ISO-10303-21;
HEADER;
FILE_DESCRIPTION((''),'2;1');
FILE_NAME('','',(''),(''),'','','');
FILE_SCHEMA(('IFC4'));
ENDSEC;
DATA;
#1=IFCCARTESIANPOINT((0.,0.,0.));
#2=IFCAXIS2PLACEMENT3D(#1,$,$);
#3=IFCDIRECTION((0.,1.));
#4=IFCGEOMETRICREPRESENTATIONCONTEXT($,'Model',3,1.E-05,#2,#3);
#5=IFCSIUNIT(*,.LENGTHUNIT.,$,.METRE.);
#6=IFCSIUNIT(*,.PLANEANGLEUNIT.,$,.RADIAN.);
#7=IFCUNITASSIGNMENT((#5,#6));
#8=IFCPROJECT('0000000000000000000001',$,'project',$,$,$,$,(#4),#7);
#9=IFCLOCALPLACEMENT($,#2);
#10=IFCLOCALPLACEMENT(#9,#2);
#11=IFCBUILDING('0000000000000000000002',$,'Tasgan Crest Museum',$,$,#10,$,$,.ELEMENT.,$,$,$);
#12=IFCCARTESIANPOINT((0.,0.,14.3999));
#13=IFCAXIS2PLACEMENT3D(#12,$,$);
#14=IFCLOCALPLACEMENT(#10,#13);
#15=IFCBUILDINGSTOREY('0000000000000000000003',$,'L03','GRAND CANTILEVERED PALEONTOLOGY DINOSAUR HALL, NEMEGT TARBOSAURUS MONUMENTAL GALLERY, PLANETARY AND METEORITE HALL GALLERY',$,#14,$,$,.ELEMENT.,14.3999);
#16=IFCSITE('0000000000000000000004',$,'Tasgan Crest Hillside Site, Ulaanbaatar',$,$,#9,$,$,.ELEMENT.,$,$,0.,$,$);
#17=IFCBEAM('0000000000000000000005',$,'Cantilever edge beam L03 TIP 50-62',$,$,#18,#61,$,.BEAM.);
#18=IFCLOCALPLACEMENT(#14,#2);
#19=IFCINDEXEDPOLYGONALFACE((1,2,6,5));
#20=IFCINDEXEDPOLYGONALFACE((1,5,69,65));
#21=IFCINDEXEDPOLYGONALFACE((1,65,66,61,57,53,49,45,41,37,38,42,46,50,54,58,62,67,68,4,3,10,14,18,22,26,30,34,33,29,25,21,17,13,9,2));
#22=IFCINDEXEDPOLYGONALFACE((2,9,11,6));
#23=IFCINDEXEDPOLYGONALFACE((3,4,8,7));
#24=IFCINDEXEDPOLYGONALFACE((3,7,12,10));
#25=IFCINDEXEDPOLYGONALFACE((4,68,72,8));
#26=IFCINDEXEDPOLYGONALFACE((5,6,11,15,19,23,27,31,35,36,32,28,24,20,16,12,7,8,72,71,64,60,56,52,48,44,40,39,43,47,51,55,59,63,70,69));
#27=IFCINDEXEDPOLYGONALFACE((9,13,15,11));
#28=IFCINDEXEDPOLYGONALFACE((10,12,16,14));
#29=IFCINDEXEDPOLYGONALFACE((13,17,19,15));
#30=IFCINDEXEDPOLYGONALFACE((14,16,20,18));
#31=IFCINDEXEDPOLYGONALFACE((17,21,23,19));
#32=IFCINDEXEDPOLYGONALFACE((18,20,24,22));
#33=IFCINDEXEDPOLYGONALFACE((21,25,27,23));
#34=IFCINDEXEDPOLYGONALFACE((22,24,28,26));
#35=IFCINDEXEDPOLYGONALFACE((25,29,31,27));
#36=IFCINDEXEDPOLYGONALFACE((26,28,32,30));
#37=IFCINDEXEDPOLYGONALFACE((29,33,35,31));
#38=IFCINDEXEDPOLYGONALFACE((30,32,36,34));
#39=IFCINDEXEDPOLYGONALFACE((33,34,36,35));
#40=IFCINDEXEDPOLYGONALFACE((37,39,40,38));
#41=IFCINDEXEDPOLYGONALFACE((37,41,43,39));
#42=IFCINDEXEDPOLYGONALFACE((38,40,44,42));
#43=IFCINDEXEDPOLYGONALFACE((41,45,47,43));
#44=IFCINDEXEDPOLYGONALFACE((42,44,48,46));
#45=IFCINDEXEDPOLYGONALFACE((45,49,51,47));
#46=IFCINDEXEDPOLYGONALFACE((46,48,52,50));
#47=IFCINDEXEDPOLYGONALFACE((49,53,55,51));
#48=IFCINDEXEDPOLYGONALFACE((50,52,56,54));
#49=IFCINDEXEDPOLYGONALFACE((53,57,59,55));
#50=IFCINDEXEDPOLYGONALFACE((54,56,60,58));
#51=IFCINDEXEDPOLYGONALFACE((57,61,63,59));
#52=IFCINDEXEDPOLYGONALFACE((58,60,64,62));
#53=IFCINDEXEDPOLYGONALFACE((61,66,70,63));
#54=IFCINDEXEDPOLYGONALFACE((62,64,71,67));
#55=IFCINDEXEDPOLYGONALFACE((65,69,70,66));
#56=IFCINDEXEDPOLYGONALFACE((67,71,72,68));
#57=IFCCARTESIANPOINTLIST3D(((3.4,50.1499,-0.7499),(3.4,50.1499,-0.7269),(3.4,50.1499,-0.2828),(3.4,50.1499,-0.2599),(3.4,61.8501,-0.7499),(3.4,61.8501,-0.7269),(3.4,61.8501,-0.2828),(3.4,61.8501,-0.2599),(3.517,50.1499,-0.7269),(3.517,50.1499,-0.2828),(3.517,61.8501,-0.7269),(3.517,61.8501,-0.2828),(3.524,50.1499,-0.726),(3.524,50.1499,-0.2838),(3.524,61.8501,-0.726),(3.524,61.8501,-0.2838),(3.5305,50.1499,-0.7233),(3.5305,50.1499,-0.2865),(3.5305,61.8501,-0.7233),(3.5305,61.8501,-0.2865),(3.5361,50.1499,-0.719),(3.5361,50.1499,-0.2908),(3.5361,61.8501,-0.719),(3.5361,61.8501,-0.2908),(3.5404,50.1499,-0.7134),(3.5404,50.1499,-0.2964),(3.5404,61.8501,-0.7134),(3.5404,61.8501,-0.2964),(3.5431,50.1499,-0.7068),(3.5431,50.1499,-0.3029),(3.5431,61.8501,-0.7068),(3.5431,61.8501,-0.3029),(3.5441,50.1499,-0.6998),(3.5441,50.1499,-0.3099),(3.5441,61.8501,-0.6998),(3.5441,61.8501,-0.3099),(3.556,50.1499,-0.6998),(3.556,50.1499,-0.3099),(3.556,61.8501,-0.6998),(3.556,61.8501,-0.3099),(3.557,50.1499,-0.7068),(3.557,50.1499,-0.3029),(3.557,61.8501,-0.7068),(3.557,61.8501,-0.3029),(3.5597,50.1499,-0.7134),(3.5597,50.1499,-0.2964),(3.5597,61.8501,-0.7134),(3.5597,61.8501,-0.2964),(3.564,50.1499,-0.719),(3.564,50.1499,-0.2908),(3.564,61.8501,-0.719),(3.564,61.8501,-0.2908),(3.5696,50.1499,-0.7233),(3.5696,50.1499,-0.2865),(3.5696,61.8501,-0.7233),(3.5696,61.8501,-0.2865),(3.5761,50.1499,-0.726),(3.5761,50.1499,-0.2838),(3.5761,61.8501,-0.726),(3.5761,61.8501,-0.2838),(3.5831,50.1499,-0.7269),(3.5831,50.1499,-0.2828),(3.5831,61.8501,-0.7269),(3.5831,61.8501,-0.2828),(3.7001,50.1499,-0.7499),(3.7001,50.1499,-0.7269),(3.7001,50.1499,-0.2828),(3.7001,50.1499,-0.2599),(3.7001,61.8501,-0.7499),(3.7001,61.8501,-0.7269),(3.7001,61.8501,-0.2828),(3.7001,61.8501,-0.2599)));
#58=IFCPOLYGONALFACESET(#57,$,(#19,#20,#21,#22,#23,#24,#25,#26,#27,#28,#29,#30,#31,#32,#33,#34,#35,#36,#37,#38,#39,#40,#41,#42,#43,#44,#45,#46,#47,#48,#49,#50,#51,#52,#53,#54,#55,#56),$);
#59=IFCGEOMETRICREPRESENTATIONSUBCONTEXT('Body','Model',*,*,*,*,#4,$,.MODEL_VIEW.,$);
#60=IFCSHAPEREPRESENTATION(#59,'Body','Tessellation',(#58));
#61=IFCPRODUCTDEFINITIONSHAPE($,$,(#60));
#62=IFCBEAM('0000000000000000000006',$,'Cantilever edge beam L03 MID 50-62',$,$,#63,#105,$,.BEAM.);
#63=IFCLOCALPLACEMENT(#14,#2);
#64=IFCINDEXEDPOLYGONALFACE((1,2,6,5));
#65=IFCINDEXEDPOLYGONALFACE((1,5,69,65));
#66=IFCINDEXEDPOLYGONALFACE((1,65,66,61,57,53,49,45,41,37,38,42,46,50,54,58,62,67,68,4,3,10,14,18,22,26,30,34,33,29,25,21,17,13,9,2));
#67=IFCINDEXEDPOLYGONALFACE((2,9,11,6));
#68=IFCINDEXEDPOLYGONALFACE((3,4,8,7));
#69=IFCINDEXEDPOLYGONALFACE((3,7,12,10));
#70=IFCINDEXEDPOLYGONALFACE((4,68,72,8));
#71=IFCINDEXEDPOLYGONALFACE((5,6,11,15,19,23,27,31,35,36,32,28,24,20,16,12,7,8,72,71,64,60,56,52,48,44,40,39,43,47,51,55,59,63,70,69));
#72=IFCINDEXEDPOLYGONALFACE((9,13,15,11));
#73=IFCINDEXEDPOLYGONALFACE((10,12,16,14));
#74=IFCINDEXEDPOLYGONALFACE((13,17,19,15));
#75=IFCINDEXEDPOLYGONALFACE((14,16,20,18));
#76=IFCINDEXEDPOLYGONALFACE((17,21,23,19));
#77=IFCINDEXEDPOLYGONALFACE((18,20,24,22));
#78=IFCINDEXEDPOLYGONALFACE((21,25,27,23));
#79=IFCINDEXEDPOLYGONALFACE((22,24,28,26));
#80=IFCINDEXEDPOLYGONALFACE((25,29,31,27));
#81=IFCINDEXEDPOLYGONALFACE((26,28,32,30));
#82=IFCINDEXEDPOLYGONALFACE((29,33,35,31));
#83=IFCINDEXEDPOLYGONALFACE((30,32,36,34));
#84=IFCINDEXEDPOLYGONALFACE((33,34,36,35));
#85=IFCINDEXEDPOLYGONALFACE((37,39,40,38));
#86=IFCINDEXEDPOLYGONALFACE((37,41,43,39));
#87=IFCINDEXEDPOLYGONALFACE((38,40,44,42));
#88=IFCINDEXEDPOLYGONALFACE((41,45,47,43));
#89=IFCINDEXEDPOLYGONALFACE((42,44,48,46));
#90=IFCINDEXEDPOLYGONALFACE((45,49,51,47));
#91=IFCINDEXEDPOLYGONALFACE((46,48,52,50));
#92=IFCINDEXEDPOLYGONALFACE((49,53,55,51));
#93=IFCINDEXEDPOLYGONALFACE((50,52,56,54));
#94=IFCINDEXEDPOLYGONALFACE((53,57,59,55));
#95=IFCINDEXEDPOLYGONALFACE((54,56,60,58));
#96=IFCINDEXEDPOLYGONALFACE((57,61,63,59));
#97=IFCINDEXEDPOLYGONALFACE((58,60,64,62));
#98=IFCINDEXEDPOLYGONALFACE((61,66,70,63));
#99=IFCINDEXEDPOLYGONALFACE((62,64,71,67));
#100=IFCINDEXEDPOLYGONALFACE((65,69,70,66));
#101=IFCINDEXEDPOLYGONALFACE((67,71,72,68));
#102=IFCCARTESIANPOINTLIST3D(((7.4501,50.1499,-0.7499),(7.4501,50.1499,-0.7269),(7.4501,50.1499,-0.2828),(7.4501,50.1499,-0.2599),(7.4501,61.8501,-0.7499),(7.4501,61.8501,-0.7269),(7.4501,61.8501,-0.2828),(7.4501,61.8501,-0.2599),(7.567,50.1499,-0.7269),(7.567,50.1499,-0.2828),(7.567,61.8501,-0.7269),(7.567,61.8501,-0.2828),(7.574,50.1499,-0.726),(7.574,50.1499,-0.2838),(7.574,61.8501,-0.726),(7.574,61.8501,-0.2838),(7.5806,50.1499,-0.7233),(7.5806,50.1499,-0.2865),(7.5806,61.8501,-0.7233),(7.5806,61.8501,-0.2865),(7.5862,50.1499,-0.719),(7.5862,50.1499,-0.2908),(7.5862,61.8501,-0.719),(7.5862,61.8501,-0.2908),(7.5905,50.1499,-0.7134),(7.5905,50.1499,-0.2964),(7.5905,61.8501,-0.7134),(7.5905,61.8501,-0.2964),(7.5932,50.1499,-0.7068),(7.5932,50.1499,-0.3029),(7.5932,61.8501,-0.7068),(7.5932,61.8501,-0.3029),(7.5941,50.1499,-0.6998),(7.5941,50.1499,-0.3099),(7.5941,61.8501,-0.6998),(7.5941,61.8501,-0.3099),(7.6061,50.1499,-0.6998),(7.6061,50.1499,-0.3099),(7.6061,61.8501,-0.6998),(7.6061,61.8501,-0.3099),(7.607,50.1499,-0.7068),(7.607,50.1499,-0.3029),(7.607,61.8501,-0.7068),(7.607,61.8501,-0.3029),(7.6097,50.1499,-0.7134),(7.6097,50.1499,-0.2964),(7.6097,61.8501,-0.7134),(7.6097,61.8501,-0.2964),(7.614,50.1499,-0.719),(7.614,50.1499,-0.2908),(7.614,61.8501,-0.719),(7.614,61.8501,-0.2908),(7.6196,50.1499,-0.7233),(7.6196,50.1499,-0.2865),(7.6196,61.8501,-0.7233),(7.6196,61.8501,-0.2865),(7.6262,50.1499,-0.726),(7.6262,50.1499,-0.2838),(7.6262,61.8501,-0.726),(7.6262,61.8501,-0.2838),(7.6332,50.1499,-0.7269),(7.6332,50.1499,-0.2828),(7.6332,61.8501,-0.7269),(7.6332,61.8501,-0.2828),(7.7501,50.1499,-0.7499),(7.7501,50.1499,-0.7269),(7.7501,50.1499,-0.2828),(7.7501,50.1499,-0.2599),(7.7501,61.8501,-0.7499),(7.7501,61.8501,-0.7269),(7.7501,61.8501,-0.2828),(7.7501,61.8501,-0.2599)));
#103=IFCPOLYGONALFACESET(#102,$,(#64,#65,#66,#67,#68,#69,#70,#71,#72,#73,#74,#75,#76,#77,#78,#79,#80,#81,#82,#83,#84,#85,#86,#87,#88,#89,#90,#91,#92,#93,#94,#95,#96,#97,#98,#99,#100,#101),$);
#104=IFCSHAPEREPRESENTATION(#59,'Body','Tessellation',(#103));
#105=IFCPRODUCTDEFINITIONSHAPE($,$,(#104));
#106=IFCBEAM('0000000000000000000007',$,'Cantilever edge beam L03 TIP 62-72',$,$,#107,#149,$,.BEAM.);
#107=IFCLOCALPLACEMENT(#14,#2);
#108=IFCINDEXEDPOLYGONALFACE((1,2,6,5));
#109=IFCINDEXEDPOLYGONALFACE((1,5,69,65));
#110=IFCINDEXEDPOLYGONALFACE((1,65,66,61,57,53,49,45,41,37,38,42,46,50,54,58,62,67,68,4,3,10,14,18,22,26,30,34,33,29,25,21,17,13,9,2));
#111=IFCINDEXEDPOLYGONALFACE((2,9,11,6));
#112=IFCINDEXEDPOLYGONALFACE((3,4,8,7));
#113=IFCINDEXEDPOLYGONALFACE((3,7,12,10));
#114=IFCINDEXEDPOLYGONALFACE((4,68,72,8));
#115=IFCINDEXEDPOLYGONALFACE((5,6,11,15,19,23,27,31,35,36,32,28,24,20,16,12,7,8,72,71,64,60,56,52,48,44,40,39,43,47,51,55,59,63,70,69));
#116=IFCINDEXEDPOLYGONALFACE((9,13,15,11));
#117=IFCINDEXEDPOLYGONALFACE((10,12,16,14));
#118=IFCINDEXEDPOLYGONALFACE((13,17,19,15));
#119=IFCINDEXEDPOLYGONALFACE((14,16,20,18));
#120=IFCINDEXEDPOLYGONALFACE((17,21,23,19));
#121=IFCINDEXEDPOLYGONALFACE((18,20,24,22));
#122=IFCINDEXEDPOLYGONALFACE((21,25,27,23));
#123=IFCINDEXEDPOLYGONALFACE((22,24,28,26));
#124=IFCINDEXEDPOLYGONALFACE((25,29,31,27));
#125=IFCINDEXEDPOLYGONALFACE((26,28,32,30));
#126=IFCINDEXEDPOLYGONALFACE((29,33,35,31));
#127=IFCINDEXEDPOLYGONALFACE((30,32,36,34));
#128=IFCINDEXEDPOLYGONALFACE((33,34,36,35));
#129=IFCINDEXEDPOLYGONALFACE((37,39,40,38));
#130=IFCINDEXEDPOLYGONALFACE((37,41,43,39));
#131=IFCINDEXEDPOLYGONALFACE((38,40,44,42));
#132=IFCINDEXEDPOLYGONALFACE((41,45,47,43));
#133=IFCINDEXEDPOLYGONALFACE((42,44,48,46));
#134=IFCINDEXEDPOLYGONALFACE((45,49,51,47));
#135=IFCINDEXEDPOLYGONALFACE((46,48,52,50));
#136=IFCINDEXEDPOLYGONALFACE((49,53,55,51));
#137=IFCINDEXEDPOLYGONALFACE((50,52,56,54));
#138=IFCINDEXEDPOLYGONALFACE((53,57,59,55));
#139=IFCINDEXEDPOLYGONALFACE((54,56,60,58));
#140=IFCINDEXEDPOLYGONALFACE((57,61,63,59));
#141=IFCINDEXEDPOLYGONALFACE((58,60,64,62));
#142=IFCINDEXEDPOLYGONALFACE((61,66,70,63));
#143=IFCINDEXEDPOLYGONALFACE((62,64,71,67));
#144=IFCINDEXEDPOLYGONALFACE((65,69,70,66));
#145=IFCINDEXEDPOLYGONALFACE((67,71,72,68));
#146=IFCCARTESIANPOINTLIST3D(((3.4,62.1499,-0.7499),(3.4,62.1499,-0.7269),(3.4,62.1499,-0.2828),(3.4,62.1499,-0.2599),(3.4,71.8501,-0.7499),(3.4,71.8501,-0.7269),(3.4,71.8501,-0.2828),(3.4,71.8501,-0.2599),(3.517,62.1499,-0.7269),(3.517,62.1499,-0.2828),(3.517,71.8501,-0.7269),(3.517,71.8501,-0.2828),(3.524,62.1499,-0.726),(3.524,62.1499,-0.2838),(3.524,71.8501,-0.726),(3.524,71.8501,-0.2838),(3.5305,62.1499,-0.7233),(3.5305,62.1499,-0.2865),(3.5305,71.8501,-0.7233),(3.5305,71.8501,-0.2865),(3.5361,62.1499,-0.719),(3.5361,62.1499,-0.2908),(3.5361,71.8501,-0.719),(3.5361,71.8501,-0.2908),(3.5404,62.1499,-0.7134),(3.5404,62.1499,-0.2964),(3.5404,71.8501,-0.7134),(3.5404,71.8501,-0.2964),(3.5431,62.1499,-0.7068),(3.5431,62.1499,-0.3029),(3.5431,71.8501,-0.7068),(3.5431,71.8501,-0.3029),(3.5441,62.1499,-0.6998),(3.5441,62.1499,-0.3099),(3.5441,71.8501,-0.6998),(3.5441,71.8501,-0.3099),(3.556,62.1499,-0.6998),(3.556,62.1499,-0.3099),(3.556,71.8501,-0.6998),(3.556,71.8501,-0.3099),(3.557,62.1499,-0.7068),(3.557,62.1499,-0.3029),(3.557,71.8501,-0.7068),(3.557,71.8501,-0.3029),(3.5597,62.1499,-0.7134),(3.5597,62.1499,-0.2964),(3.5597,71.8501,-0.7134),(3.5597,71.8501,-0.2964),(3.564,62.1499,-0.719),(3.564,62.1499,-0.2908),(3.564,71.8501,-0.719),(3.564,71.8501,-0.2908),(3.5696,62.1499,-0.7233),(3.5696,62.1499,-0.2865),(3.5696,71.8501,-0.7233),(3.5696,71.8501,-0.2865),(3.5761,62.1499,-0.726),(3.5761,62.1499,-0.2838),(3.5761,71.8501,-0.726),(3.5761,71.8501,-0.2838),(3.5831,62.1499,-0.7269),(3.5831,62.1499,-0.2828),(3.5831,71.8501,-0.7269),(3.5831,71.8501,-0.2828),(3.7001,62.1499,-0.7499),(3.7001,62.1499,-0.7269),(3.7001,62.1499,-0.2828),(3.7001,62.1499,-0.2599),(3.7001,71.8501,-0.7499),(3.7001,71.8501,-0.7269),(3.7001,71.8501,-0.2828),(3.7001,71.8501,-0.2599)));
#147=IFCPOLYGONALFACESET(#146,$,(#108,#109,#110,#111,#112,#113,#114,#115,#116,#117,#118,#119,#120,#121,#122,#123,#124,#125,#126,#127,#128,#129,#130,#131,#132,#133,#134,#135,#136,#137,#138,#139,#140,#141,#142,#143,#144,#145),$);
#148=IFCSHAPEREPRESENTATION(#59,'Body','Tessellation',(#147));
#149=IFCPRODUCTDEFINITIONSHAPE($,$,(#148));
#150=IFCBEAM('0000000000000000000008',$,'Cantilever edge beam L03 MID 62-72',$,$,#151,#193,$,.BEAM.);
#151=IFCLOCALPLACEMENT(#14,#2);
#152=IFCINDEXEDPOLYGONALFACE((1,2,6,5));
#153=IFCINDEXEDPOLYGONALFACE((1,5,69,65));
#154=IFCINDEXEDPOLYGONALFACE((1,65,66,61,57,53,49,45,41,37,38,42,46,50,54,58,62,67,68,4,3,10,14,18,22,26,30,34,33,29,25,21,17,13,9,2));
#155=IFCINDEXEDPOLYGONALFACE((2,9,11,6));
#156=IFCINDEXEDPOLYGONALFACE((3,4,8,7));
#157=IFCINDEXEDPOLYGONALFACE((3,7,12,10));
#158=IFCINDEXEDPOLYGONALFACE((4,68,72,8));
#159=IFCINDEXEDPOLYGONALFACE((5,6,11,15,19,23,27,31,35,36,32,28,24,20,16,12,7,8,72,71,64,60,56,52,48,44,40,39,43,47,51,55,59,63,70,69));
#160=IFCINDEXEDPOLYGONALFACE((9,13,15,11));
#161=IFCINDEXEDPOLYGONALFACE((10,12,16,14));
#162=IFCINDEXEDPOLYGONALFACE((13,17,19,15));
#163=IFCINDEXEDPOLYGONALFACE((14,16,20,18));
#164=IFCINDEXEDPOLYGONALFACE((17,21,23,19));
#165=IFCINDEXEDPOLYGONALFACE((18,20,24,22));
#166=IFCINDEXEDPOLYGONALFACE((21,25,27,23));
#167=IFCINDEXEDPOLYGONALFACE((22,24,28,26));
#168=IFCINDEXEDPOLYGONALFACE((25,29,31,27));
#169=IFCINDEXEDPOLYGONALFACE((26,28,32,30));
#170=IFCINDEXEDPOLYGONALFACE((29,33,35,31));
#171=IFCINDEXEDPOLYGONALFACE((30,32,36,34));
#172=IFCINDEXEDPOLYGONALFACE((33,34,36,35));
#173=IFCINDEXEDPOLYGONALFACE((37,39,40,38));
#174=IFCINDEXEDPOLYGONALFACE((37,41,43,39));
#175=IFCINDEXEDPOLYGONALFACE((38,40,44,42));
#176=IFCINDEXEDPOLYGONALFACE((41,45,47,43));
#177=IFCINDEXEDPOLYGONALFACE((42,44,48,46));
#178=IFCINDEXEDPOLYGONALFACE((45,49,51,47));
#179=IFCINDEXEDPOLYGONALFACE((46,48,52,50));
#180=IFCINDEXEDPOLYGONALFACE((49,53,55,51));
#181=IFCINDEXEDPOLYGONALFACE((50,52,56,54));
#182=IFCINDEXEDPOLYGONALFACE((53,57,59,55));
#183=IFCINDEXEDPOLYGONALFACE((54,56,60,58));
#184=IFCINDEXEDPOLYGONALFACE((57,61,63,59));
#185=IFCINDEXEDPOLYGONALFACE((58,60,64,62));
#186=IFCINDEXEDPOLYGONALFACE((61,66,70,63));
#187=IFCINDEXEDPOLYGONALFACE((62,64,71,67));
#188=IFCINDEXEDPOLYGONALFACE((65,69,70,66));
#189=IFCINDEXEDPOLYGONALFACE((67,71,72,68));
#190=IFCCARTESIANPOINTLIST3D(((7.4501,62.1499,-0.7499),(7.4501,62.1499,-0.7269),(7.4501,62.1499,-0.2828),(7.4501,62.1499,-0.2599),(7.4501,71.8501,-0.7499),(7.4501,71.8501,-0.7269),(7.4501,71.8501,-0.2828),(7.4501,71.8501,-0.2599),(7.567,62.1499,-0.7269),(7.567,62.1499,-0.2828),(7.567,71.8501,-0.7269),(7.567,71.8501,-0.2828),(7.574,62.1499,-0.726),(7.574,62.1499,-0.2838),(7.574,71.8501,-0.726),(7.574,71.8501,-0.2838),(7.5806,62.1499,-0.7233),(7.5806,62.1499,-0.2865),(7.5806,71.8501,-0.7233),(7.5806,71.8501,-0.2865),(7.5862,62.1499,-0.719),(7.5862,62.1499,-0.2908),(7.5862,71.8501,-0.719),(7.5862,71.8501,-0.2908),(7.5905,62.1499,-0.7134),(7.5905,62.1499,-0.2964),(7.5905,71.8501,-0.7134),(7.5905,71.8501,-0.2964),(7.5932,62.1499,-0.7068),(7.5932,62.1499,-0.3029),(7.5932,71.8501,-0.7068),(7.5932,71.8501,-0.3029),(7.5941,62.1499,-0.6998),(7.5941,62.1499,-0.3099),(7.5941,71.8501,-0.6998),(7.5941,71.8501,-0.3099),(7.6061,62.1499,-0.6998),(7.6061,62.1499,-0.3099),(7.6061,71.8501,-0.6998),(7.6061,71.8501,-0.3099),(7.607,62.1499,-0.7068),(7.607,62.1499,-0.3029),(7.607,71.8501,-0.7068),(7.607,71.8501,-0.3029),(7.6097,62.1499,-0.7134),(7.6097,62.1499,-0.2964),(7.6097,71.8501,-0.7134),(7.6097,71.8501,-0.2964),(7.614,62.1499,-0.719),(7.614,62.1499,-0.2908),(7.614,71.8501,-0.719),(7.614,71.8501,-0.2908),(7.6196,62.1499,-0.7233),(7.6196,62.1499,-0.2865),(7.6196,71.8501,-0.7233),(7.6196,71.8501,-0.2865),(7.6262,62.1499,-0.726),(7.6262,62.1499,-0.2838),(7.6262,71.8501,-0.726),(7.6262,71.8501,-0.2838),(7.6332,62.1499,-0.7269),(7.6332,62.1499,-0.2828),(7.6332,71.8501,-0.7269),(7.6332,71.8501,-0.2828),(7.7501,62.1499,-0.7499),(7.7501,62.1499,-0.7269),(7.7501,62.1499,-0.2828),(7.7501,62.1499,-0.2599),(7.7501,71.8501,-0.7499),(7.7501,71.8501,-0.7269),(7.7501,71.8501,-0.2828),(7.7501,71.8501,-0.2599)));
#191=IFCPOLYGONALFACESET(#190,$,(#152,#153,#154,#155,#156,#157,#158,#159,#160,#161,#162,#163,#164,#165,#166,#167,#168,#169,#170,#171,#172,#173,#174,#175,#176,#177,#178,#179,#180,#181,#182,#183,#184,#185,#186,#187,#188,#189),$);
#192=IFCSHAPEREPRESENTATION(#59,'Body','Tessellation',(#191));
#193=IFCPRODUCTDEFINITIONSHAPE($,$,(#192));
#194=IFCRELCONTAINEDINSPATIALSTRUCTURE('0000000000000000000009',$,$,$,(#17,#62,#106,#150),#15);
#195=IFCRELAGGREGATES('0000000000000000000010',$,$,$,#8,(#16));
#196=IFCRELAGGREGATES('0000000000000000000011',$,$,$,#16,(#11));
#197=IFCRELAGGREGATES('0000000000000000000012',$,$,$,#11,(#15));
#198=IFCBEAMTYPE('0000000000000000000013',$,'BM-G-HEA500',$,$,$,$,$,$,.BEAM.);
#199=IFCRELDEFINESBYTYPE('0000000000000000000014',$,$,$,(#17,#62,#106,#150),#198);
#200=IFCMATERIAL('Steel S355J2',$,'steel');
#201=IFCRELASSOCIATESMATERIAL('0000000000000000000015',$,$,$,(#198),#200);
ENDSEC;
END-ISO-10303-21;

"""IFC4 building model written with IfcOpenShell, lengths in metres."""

from ifc_helpers import new_model, si_unit, direction, frame, origin, origin_2d, place, context, subcontext, project, spatial, i_section, extrude, material, material_profile, profile_set, type_object, element, save


model = new_model("IFC4")

# Units and contexts
model_context = context("Model", 3, precision=1e-05, world=origin(), true_north=direction((0.0, 1.0)))
body_context = subcontext(model_context, "Body", "Model", "MODEL_VIEW")
ifc_project = project(units=[si_unit("LENGTHUNIT", "METRE"), si_unit("PLANEANGLEUNIT", "RADIAN")], contexts=[model_context])

# Site, building, storey
site_placement = place(None, origin())
site = spatial("IfcSite", under=ifc_project, at=site_placement, Name="Tasgan Crest Hillside Site, Ulaanbaatar", CompositionType="ELEMENT", RefElevation=0.0)
building_placement = place(site_placement, origin())
building = spatial("IfcBuilding", under=site, at=building_placement, Name="Tasgan Crest Museum", CompositionType="ELEMENT")
storey_placement = place(building_placement, frame((0.0, 0.0, 14.3999)))
storey = spatial("IfcBuildingStorey", under=building, at=storey_placement, Name="L03", Description="GRAND CANTILEVERED PALEONTOLOGY DINOSAUR HALL, NEMEGT TARBOSAURUS MONUMENTAL GALLERY, PLANETARY AND METEORITE HALL GALLERY", CompositionType="ELEMENT", Elevation=14.3999)

# Beams
ifc_material_1 = material(Name="Steel S355J2", Category="steel")
ifc_material_profile_1 = material_profile(ifc_material_1, i_section(OverallWidth=0.3, OverallDepth=0.49, WebThickness=0.012, FlangeThickness=0.0229, FilletRadius=0.0271, at=origin_2d()), Name="HEA 500")
ifc_profile_set_1 = profile_set([ifc_material_profile_1], Name="Steel S355J2")
beam_type_1 = type_object("IfcBeamType", Name="BM-G-HEA500", PredefinedType="BEAM", material=ifc_profile_set_1)
for number, where, z_axis, x_axis, name in (
    (1, (3.55, 50.1499, -0.5049), (0.0, 1.0, 0.0), (-1.0, 0.0, 0.0), "Cantilever edge beam L03 TIP 50-62"),
    (2, (7.6001, 50.1499, -0.5049), (0.0, 1.0, 0.0), (-1.0, 0.0, 0.0), "Cantilever edge beam L03 MID 50-62"),
):
    element("IfcBeam", number, at=place(storey_placement, frame(where, z_axis=z_axis, x_axis=x_axis)), inside=storey, type_object=beam_type_1, Name=name, PredefinedType="BEAM", context=body_context, shape_type="SweptSolid", body=[
        extrude(i_section(OverallWidth=0.3, OverallDepth=0.49, WebThickness=0.012, FlangeThickness=0.0229, FilletRadius=0.0271, at=origin_2d()), origin(), (0.0, 0.0, 1.0), 11.7002),
    ])
for number, where, z_axis, x_axis, name in (
    (3, (3.55, 62.1499, -0.5049), (0.0, 1.0, 0.0), (-1.0, 0.0, 0.0), "Cantilever edge beam L03 TIP 62-72"),
    (4, (7.6001, 62.1499, -0.5049), (0.0, 1.0, 0.0), (-1.0, 0.0, 0.0), "Cantilever edge beam L03 MID 62-72"),
):
    element("IfcBeam", number, at=place(storey_placement, frame(where, z_axis=z_axis, x_axis=x_axis)), inside=storey, type_object=beam_type_1, Name=name, PredefinedType="BEAM", context=body_context, shape_type="SweptSolid", body=[
        extrude(i_section(OverallWidth=0.3, OverallDepth=0.49, WebThickness=0.012, FlangeThickness=0.0229, FilletRadius=0.0271, at=origin_2d()), origin(), (0.0, 0.0, 1.0), 9.7002),
    ])

save(model, "model.ifc")
